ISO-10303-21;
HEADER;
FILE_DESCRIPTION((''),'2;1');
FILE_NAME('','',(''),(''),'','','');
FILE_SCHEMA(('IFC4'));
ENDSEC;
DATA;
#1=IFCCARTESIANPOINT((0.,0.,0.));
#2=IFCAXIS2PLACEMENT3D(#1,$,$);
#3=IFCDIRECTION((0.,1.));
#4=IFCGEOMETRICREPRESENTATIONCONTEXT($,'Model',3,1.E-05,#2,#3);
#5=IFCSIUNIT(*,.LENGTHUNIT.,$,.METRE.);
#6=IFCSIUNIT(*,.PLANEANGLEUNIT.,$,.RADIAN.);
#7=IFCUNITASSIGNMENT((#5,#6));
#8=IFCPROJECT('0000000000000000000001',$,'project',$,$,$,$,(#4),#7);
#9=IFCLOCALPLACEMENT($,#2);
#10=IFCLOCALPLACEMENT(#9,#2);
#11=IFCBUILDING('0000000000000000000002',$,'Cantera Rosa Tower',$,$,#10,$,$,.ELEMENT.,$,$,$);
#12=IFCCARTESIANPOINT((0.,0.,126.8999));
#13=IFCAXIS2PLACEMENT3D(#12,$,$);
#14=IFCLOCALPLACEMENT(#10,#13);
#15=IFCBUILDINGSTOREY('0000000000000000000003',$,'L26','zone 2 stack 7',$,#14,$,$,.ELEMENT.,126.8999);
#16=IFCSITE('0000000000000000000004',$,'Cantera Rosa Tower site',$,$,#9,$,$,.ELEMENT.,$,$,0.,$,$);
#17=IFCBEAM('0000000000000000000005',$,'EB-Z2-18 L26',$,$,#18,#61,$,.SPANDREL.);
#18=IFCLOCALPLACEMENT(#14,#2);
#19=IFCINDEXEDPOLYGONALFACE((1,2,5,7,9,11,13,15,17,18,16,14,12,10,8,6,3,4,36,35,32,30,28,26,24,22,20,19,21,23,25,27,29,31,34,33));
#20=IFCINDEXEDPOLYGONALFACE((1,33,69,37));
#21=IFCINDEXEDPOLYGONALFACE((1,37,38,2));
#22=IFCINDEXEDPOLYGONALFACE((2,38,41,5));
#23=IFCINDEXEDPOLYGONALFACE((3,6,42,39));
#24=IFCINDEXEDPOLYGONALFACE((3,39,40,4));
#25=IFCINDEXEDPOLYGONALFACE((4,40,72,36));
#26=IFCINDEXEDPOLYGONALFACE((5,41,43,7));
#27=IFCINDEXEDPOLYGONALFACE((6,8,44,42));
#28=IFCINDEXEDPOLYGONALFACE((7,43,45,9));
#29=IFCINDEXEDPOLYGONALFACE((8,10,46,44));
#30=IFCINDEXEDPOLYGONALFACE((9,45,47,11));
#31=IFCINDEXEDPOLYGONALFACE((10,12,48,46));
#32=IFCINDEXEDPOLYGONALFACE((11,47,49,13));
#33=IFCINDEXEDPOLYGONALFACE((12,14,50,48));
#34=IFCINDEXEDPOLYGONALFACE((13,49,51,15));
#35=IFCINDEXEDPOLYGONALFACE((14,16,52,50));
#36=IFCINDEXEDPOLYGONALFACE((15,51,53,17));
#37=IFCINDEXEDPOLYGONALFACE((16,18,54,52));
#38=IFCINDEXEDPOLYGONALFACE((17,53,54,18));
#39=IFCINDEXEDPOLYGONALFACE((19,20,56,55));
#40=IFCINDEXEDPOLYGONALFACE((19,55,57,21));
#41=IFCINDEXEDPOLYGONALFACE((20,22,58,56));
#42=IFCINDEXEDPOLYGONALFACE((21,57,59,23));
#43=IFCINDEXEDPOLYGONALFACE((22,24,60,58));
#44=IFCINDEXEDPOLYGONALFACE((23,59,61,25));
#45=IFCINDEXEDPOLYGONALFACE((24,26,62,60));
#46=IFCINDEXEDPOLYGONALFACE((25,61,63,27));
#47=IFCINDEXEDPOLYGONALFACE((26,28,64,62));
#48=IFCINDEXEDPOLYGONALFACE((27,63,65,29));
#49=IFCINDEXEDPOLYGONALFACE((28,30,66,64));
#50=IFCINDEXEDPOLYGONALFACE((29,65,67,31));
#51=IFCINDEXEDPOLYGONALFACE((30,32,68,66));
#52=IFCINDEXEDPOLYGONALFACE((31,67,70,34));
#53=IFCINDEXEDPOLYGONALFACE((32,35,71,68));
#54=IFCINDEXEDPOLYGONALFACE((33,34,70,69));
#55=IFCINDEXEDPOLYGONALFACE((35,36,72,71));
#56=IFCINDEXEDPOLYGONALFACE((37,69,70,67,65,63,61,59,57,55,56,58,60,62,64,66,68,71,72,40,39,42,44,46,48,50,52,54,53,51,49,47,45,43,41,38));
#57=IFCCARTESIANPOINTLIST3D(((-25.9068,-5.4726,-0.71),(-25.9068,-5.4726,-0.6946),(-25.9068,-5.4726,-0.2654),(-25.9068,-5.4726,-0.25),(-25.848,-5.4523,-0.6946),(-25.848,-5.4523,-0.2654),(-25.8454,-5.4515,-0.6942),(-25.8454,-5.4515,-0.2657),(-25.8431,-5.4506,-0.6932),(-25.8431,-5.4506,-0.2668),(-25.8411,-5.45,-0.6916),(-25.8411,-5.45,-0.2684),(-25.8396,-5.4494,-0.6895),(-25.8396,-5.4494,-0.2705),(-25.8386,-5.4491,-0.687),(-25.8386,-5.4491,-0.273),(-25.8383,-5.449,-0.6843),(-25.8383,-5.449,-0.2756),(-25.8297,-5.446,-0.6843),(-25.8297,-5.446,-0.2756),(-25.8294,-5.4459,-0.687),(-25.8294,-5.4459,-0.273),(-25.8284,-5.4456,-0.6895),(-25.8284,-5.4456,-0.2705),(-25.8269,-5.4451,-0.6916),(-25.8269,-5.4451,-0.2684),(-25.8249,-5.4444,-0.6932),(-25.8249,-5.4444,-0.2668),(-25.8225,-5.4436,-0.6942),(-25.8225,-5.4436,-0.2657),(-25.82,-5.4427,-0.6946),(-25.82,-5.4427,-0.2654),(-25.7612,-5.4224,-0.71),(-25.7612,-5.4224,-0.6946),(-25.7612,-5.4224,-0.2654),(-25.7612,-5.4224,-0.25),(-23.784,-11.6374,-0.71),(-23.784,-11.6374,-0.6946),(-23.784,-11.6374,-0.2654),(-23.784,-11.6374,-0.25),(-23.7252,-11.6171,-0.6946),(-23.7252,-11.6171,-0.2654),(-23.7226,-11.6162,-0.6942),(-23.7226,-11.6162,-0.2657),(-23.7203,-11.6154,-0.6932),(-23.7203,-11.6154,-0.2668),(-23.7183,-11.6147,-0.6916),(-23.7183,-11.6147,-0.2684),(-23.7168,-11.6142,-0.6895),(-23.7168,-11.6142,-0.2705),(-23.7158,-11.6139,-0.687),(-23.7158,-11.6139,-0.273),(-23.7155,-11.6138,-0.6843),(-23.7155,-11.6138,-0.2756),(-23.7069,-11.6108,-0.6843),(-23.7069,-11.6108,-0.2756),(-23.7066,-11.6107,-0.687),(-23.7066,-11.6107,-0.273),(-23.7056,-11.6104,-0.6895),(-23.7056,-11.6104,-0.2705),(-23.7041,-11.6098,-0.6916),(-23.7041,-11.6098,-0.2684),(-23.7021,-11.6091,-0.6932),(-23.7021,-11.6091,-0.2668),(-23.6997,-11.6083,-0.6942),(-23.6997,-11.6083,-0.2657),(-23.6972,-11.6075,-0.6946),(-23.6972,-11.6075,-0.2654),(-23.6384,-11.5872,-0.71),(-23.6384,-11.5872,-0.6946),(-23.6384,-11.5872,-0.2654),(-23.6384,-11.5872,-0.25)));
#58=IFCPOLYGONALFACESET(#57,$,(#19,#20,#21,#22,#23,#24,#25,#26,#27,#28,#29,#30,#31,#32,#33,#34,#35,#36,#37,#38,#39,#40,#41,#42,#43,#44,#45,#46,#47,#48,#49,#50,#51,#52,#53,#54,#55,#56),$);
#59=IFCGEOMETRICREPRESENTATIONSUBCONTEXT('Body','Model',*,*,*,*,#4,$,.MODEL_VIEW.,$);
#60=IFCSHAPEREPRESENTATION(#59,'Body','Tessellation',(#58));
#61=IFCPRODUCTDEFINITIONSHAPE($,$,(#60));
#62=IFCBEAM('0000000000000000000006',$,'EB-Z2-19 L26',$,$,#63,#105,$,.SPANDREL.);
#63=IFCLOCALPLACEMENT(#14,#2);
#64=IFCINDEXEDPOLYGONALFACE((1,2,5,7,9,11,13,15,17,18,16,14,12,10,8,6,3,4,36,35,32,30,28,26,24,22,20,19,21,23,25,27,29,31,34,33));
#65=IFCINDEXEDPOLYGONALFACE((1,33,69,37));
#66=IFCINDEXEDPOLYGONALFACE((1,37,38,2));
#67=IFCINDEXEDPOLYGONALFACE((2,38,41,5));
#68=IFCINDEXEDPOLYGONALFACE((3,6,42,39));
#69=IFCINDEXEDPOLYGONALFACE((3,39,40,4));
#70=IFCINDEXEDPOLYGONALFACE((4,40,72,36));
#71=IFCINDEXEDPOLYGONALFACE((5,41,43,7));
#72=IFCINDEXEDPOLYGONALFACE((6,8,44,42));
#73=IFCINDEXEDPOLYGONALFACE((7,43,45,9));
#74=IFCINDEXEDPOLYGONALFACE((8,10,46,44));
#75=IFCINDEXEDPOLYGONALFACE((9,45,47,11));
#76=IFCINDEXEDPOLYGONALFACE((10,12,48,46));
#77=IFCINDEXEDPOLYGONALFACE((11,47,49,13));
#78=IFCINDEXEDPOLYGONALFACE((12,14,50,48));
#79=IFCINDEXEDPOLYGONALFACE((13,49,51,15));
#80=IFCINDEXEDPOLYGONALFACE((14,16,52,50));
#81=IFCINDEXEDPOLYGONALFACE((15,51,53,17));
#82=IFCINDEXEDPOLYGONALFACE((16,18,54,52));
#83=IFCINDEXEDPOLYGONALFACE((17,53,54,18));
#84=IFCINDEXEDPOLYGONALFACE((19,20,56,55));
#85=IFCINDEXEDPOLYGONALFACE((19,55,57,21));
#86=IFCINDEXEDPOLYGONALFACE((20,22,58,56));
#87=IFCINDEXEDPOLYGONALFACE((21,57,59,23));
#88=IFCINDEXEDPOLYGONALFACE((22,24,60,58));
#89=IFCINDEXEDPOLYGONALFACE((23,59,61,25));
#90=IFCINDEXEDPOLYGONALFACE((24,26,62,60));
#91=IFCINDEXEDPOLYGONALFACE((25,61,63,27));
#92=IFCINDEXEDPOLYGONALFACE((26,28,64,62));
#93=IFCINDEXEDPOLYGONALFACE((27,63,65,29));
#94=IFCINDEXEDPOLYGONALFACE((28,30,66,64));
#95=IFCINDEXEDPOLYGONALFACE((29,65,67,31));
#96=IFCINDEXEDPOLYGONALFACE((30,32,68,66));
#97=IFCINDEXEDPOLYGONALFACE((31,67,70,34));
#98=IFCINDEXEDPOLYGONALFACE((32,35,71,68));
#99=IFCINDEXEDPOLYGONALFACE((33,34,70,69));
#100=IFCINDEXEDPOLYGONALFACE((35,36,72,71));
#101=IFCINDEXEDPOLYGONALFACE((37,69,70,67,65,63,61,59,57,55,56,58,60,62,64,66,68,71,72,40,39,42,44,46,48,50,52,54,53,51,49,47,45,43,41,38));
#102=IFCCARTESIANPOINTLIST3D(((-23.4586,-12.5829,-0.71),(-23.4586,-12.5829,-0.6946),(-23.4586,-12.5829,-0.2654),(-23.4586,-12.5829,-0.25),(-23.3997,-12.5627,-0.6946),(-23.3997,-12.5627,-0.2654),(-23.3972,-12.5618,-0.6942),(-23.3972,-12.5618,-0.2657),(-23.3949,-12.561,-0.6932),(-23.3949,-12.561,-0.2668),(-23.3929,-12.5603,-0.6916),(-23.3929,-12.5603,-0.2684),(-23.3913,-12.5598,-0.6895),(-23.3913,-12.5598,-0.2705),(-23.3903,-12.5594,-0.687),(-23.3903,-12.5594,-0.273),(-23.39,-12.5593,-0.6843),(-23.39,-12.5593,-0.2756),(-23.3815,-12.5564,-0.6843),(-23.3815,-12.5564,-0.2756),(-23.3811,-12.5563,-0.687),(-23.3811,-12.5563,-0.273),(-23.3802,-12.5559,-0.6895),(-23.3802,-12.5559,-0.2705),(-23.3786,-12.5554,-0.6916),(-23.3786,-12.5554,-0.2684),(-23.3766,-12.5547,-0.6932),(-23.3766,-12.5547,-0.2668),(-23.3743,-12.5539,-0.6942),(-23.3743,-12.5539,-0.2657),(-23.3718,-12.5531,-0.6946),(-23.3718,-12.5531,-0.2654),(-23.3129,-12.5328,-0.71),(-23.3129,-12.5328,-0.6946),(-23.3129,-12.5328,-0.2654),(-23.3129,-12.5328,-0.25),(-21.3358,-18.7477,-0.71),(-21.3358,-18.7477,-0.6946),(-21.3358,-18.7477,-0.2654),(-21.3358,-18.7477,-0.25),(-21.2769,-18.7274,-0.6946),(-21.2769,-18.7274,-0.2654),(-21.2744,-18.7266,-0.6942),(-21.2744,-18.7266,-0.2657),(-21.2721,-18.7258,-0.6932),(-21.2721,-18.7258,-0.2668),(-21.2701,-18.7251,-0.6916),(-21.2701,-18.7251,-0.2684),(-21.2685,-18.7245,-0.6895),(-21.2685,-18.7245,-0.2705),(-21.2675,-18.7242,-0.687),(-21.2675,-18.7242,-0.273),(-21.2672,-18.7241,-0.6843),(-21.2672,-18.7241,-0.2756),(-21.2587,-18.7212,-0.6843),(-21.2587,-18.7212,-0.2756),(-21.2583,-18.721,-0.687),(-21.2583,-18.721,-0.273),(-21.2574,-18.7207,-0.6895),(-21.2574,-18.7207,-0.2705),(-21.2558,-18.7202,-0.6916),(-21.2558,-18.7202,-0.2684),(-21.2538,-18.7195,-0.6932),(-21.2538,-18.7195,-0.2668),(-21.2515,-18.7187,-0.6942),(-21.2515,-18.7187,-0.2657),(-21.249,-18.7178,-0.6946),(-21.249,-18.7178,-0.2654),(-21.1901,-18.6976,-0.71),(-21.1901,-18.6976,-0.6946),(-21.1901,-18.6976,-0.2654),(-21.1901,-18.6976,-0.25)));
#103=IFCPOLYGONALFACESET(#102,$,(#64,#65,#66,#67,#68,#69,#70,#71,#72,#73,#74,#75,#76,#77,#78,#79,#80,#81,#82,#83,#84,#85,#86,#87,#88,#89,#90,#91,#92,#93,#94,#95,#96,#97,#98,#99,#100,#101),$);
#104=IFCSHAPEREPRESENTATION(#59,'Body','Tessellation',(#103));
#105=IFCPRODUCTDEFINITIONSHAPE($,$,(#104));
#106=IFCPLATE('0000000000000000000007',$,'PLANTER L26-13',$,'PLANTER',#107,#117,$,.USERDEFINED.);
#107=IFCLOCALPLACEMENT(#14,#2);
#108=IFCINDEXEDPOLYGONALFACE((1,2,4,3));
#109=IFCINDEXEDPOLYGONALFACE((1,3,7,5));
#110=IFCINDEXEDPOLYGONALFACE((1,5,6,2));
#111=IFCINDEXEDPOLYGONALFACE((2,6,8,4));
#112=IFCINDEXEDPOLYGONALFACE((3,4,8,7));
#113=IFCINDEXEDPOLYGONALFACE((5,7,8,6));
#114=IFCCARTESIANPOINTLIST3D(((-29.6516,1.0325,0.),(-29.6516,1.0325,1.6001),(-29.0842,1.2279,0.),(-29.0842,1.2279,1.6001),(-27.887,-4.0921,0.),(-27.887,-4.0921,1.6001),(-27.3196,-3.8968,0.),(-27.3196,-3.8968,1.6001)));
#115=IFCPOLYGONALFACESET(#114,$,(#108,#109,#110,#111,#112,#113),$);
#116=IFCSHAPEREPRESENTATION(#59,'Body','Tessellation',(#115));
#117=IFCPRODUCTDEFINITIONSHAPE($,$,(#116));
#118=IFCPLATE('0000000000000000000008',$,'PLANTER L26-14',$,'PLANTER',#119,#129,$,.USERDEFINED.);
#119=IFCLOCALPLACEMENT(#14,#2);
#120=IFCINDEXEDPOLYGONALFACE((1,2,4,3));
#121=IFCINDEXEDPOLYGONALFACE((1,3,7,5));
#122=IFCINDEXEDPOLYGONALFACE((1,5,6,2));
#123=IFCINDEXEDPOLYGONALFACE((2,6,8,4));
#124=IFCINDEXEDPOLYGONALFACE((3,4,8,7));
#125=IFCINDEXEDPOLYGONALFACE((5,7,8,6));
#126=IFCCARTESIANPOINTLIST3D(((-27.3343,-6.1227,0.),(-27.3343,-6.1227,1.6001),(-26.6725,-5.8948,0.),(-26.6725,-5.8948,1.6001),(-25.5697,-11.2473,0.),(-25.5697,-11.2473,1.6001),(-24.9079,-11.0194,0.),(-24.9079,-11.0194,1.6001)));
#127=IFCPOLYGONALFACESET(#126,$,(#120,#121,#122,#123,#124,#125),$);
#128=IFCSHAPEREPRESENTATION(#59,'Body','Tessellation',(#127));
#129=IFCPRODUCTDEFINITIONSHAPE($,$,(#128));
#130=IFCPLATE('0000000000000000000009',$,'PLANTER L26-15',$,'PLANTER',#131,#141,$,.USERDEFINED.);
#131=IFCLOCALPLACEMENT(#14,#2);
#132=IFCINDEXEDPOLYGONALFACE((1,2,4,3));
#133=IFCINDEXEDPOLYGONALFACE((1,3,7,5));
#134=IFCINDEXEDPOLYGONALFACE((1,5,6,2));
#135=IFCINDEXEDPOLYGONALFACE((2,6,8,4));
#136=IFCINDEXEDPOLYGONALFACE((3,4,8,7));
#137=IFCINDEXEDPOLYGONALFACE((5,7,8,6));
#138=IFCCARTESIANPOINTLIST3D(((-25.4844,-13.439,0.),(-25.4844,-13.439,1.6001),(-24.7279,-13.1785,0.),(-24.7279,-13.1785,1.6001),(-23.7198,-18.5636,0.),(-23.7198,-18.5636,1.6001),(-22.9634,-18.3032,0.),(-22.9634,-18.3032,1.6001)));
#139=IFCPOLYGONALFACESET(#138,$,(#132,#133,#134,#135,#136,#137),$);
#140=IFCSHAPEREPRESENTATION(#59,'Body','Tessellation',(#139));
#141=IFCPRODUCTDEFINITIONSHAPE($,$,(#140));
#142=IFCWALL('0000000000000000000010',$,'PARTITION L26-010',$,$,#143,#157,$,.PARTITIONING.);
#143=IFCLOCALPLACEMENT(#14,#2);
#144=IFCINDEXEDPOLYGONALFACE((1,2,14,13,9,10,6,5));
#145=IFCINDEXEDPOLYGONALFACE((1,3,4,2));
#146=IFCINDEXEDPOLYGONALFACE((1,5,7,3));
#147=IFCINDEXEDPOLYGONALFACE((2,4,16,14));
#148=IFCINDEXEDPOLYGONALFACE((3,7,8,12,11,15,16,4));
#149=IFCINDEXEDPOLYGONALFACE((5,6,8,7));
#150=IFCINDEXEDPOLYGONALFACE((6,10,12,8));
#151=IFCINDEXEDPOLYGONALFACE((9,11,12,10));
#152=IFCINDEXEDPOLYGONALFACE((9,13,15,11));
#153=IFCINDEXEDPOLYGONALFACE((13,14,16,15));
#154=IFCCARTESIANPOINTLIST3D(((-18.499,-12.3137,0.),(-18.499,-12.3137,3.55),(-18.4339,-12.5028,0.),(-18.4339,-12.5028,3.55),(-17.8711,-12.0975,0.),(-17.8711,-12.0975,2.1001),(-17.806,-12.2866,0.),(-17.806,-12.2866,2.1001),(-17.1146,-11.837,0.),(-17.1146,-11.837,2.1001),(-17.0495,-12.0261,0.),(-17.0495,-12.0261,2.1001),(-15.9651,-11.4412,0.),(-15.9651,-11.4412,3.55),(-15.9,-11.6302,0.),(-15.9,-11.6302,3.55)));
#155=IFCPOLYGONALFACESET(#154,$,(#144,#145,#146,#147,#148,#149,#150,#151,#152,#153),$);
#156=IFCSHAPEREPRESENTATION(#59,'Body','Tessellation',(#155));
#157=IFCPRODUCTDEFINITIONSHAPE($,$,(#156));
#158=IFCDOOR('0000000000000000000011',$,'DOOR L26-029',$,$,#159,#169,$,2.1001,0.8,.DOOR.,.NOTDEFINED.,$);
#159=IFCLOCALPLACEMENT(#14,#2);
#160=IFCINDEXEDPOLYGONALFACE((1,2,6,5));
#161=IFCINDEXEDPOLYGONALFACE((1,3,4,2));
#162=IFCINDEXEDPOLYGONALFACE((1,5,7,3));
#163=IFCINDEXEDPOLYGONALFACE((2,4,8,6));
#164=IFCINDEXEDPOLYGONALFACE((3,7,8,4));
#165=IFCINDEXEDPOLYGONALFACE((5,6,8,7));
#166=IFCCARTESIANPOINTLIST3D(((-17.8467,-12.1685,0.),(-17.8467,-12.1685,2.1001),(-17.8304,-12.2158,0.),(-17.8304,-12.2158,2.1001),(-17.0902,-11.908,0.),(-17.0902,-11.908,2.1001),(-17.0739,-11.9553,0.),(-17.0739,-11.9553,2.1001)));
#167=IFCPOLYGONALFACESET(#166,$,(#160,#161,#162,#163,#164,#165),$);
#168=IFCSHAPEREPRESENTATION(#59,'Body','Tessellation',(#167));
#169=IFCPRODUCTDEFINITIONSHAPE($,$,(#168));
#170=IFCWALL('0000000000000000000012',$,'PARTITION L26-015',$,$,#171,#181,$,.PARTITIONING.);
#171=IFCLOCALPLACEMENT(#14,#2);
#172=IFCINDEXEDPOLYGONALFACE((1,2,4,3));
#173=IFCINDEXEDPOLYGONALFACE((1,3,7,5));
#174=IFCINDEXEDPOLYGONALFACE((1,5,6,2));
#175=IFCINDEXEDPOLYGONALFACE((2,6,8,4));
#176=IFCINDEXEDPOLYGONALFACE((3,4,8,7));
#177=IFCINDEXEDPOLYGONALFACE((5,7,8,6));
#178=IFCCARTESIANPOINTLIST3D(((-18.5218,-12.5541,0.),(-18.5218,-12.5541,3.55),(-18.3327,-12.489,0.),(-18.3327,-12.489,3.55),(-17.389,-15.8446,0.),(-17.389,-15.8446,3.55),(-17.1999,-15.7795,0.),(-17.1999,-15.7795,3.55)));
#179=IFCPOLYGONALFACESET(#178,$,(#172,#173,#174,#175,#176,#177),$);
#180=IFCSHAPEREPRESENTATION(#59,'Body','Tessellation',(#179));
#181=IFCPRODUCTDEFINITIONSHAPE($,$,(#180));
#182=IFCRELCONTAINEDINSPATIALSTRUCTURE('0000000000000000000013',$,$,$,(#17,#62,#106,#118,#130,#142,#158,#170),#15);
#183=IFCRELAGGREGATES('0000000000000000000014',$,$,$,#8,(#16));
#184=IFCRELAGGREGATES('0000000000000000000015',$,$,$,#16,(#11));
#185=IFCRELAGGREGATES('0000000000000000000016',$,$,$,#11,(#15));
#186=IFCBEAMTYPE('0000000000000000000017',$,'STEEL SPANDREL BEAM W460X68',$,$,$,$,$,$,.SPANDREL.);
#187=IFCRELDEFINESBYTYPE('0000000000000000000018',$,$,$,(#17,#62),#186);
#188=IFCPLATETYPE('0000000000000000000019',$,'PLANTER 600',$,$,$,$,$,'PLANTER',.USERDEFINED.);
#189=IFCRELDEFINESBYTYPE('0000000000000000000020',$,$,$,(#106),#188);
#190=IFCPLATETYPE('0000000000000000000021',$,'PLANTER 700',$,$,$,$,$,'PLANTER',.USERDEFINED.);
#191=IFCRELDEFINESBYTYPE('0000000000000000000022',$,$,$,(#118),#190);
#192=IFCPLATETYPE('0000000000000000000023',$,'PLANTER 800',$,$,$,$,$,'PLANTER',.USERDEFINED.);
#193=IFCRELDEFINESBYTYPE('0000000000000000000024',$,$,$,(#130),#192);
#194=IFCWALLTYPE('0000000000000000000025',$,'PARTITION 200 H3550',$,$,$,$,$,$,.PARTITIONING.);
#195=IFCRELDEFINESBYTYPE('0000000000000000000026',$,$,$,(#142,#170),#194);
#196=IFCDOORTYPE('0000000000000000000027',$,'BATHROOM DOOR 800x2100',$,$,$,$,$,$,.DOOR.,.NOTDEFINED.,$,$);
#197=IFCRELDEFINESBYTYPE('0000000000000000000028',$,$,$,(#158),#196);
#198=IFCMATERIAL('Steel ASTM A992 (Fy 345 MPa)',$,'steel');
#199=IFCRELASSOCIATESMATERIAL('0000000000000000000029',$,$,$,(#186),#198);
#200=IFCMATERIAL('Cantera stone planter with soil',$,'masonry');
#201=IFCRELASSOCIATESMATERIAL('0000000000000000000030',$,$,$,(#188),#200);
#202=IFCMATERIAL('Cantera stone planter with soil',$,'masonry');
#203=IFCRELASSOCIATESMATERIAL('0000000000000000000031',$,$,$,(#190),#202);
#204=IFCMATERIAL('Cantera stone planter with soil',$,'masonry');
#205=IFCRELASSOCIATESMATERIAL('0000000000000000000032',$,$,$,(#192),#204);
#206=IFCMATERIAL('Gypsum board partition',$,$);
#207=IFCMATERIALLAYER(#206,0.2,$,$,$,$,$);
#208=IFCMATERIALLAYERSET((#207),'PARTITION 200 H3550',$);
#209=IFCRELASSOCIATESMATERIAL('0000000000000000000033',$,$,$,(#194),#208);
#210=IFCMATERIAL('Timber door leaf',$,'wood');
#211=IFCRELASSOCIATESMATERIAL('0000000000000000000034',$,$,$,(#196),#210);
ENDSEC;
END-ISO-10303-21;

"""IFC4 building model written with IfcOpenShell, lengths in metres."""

from ifc_helpers import new_model, si_unit, direction, frame, frame_2d, origin, origin_2d, place, context, subcontext, project, spatial, rectangle, i_section, extrude, material, layer, layer_set, material_profile, profile_set, type_object, element, fill, save


model = new_model("IFC4")

# Units and contexts
model_context = context("Model", 3, precision=1e-05, world=origin(), true_north=direction((0.0, 1.0)))
body_context = subcontext(model_context, "Body", "Model", "MODEL_VIEW")
ifc_project = project(units=[si_unit("LENGTHUNIT", "METRE"), si_unit("PLANEANGLEUNIT", "RADIAN")], contexts=[model_context])

# Site, building, storey
site_placement = place(None, origin())
site = spatial("IfcSite", under=ifc_project, at=site_placement, Name="Cantera Rosa Tower site", CompositionType="ELEMENT", RefElevation=0.0)
building_placement = place(site_placement, origin())
building = spatial("IfcBuilding", under=site, at=building_placement, Name="Cantera Rosa Tower", CompositionType="ELEMENT")
storey_placement = place(building_placement, frame((0.0, 0.0, 126.8999)))
storey = spatial("IfcBuildingStorey", under=building, at=storey_placement, Name="L26", Description="zone 2 stack 7", CompositionType="ELEMENT", Elevation=126.8999)

# Beams
ifc_material_1 = material(Name="Steel ASTM A992 (Fy 345 MPa)", Category="steel")
ifc_material_profile_1 = material_profile(ifc_material_1, i_section(OverallWidth=0.1541, OverallDepth=0.46, WebThickness=0.009, FlangeThickness=0.0154, FilletRadius=0.0103, at=origin_2d()), Name="W460X68")
ifc_profile_set_1 = profile_set([ifc_material_profile_1], Name="Steel ASTM A992 (Fy 345 MPa)")
beam_type_1 = type_object("IfcBeamType", Name="STEEL SPANDREL BEAM W460X68", PredefinedType="SPANDREL", material=ifc_profile_set_1)
for number, where, z_axis, x_axis, name in (
    (1, (-25.834, -5.4475, -0.48), (0.325581, -0.945514, 0.0), (0.945514, 0.325581, 0.0), "EB-Z2-18 L26"),
    (2, (-23.3857, -12.5579, -0.48), (0.325581, -0.945514, 0.0), (0.945514, 0.325581, 0.0), "EB-Z2-19 L26"),
):
    element("IfcBeam", number, at=place(storey_placement, frame(where, z_axis=z_axis, x_axis=x_axis)), inside=storey, type_object=beam_type_1, Name=name, PredefinedType="SPANDREL", context=body_context, shape_type="SweptSolid", body=[
        extrude(i_section(OverallWidth=0.1541, OverallDepth=0.46, WebThickness=0.009, FlangeThickness=0.0154, FilletRadius=0.0103, at=origin_2d()), origin(), (0.0, 0.0, 1.0), 6.52),
    ])

# Plates
ifc_material_2 = material(Name="Cantera stone planter with soil", Category="masonry")
plate_type_1 = type_object("IfcPlateType", Name="PLANTER 600", ElementType="PLANTER", PredefinedType="USERDEFINED", material=ifc_material_2)
plate_1_placement = place(storey_placement, frame((-28.4856, -1.4321, 0.0), z_axis=(0.0, 0.0, 1.0), x_axis=(0.325568, -0.945519, 0.0)))
element("IfcPlate", 3, at=plate_1_placement, inside=storey, type_object=plate_type_1, Name="PLANTER L26-13", ObjectType="PLANTER", PredefinedType="USERDEFINED", context=body_context, shape_type="SweptSolid", body=[
    extrude(rectangle(XDim=5.4199, YDim=0.6001, at=origin_2d()), origin(), (0.0, 0.0, 1.0), 1.6001),
])
ifc_material_3 = material(Name="Cantera stone planter with soil", Category="masonry")
plate_type_2 = type_object("IfcPlateType", Name="PLANTER 700", ElementType="PLANTER", PredefinedType="USERDEFINED", material=ifc_material_3)
plate_2_placement = place(storey_placement, frame((-26.1211, -8.571, 0.0), z_axis=(0.0, 0.0, 1.0), x_axis=(0.325568, -0.945519, 0.0)))
element("IfcPlate", 4, at=plate_2_placement, inside=storey, type_object=plate_type_2, Name="PLANTER L26-14", ObjectType="PLANTER", PredefinedType="USERDEFINED", context=body_context, shape_type="SweptSolid", body=[
    extrude(rectangle(XDim=5.4199, YDim=0.7, at=origin_2d()), origin(), (0.0, 0.0, 1.0), 1.6001),
])
ifc_material_4 = material(Name="Cantera stone planter with soil", Category="masonry")
plate_type_3 = type_object("IfcPlateType", Name="PLANTER 800", ElementType="PLANTER", PredefinedType="USERDEFINED", material=ifc_material_4)
plate_3_placement = place(storey_placement, frame((-24.2239, -15.8711, 0.0), z_axis=(0.0, 0.0, 1.0), x_axis=(0.325568, -0.945519, 0.0)))
element("IfcPlate", 5, at=plate_3_placement, inside=storey, type_object=plate_type_3, Name="PLANTER L26-15", ObjectType="PLANTER", PredefinedType="USERDEFINED", context=body_context, shape_type="SweptSolid", body=[
    extrude(rectangle(XDim=5.4199, YDim=0.8, at=origin_2d()), origin(), (0.0, 0.0, 1.0), 1.6001),
])

# Wall, opening, door
ifc_material_5 = material(Name="Gypsum board partition")
ifc_layer_1 = layer(ifc_material_5, 0.2)
ifc_layer_set_1 = layer_set([ifc_layer_1], Name="PARTITION 200 H3550")
wall_type_1 = type_object("IfcWallType", Name="PARTITION 200 H3550", PredefinedType="PARTITIONING", material=ifc_layer_set_1)
wall_1_placement = place(storey_placement, frame((-18.4663, -12.4082, 0.0), z_axis=(0.0, 0.0, 1.0), x_axis=(0.945512, 0.325586, 0.0)))
wall_1 = element("IfcWall", 6, at=wall_1_placement, inside=storey, type_object=wall_type_1, Name="PARTITION L26-010", PredefinedType="PARTITIONING", context=body_context, shape_type="SweptSolid", body=[
    extrude(rectangle(XDim=2.6799, YDim=0.2, at=frame_2d((1.3398, 0.0))), origin(), (0.0, 0.0, 1.0), 3.55),
])
opening_1_placement = place(wall_1_placement, frame((0.6641, 0.0, 0.0)))
opening_1 = element("IfcOpeningElement", 7, at=opening_1_placement, cuts=wall_1, PredefinedType="OPENING", context=body_context, shape_type="SweptSolid", body=[
    extrude(rectangle(XDim=0.8, YDim=2.1001, at=frame_2d((0.3999, 1.05))), frame((0.0, 0.1099, 0.0), z_axis=(0.0, -1.0, 0.0), x_axis=(1.0, 0.0, 0.0)), (0.0, 0.0, 1.0), 0.22),
])
ifc_material_6 = material(Name="Timber door leaf", Category="wood")
door_type_1 = type_object("IfcDoorType", Name="BATHROOM DOOR 800x2100", OperationType="NOTDEFINED", PredefinedType="DOOR", material=ifc_material_6)
door_1_placement = place(opening_1_placement, origin())
door_1 = element("IfcDoor", 8, at=door_1_placement, inside=storey, type_object=door_type_1, Name="DOOR L26-029", OperationType="NOTDEFINED", OverallHeight=2.1001, OverallWidth=0.8, PredefinedType="DOOR", context=body_context, shape_type="SweptSolid", body=[
    extrude(rectangle(XDim=0.8, YDim=2.1001, at=frame_2d((0.3999, 1.05))), frame((0.0, 0.0249, 0.0), z_axis=(0.0, -1.0, 0.0), x_axis=(1.0, 0.0, 0.0)), (0.0, 0.0, 1.0), 0.05),
])
fill(opening_1, door_1)

# Wall
wall_2_placement = place(storey_placement, frame((-17.2944, -15.812, 0.0), z_axis=(0.0, 0.0, 1.0), x_axis=(-0.325515, 0.945537, 0.0)))
element("IfcWall", 9, at=wall_2_placement, inside=storey, type_object=wall_type_1, Name="PARTITION L26-015", PredefinedType="PARTITIONING", context=body_context, shape_type="SweptSolid", body=[
    extrude(rectangle(XDim=3.48, YDim=0.2, at=frame_2d((1.74, 0.0))), origin(), (0.0, 0.0, 1.0), 3.55),
])

save(model, "model.ifc")
